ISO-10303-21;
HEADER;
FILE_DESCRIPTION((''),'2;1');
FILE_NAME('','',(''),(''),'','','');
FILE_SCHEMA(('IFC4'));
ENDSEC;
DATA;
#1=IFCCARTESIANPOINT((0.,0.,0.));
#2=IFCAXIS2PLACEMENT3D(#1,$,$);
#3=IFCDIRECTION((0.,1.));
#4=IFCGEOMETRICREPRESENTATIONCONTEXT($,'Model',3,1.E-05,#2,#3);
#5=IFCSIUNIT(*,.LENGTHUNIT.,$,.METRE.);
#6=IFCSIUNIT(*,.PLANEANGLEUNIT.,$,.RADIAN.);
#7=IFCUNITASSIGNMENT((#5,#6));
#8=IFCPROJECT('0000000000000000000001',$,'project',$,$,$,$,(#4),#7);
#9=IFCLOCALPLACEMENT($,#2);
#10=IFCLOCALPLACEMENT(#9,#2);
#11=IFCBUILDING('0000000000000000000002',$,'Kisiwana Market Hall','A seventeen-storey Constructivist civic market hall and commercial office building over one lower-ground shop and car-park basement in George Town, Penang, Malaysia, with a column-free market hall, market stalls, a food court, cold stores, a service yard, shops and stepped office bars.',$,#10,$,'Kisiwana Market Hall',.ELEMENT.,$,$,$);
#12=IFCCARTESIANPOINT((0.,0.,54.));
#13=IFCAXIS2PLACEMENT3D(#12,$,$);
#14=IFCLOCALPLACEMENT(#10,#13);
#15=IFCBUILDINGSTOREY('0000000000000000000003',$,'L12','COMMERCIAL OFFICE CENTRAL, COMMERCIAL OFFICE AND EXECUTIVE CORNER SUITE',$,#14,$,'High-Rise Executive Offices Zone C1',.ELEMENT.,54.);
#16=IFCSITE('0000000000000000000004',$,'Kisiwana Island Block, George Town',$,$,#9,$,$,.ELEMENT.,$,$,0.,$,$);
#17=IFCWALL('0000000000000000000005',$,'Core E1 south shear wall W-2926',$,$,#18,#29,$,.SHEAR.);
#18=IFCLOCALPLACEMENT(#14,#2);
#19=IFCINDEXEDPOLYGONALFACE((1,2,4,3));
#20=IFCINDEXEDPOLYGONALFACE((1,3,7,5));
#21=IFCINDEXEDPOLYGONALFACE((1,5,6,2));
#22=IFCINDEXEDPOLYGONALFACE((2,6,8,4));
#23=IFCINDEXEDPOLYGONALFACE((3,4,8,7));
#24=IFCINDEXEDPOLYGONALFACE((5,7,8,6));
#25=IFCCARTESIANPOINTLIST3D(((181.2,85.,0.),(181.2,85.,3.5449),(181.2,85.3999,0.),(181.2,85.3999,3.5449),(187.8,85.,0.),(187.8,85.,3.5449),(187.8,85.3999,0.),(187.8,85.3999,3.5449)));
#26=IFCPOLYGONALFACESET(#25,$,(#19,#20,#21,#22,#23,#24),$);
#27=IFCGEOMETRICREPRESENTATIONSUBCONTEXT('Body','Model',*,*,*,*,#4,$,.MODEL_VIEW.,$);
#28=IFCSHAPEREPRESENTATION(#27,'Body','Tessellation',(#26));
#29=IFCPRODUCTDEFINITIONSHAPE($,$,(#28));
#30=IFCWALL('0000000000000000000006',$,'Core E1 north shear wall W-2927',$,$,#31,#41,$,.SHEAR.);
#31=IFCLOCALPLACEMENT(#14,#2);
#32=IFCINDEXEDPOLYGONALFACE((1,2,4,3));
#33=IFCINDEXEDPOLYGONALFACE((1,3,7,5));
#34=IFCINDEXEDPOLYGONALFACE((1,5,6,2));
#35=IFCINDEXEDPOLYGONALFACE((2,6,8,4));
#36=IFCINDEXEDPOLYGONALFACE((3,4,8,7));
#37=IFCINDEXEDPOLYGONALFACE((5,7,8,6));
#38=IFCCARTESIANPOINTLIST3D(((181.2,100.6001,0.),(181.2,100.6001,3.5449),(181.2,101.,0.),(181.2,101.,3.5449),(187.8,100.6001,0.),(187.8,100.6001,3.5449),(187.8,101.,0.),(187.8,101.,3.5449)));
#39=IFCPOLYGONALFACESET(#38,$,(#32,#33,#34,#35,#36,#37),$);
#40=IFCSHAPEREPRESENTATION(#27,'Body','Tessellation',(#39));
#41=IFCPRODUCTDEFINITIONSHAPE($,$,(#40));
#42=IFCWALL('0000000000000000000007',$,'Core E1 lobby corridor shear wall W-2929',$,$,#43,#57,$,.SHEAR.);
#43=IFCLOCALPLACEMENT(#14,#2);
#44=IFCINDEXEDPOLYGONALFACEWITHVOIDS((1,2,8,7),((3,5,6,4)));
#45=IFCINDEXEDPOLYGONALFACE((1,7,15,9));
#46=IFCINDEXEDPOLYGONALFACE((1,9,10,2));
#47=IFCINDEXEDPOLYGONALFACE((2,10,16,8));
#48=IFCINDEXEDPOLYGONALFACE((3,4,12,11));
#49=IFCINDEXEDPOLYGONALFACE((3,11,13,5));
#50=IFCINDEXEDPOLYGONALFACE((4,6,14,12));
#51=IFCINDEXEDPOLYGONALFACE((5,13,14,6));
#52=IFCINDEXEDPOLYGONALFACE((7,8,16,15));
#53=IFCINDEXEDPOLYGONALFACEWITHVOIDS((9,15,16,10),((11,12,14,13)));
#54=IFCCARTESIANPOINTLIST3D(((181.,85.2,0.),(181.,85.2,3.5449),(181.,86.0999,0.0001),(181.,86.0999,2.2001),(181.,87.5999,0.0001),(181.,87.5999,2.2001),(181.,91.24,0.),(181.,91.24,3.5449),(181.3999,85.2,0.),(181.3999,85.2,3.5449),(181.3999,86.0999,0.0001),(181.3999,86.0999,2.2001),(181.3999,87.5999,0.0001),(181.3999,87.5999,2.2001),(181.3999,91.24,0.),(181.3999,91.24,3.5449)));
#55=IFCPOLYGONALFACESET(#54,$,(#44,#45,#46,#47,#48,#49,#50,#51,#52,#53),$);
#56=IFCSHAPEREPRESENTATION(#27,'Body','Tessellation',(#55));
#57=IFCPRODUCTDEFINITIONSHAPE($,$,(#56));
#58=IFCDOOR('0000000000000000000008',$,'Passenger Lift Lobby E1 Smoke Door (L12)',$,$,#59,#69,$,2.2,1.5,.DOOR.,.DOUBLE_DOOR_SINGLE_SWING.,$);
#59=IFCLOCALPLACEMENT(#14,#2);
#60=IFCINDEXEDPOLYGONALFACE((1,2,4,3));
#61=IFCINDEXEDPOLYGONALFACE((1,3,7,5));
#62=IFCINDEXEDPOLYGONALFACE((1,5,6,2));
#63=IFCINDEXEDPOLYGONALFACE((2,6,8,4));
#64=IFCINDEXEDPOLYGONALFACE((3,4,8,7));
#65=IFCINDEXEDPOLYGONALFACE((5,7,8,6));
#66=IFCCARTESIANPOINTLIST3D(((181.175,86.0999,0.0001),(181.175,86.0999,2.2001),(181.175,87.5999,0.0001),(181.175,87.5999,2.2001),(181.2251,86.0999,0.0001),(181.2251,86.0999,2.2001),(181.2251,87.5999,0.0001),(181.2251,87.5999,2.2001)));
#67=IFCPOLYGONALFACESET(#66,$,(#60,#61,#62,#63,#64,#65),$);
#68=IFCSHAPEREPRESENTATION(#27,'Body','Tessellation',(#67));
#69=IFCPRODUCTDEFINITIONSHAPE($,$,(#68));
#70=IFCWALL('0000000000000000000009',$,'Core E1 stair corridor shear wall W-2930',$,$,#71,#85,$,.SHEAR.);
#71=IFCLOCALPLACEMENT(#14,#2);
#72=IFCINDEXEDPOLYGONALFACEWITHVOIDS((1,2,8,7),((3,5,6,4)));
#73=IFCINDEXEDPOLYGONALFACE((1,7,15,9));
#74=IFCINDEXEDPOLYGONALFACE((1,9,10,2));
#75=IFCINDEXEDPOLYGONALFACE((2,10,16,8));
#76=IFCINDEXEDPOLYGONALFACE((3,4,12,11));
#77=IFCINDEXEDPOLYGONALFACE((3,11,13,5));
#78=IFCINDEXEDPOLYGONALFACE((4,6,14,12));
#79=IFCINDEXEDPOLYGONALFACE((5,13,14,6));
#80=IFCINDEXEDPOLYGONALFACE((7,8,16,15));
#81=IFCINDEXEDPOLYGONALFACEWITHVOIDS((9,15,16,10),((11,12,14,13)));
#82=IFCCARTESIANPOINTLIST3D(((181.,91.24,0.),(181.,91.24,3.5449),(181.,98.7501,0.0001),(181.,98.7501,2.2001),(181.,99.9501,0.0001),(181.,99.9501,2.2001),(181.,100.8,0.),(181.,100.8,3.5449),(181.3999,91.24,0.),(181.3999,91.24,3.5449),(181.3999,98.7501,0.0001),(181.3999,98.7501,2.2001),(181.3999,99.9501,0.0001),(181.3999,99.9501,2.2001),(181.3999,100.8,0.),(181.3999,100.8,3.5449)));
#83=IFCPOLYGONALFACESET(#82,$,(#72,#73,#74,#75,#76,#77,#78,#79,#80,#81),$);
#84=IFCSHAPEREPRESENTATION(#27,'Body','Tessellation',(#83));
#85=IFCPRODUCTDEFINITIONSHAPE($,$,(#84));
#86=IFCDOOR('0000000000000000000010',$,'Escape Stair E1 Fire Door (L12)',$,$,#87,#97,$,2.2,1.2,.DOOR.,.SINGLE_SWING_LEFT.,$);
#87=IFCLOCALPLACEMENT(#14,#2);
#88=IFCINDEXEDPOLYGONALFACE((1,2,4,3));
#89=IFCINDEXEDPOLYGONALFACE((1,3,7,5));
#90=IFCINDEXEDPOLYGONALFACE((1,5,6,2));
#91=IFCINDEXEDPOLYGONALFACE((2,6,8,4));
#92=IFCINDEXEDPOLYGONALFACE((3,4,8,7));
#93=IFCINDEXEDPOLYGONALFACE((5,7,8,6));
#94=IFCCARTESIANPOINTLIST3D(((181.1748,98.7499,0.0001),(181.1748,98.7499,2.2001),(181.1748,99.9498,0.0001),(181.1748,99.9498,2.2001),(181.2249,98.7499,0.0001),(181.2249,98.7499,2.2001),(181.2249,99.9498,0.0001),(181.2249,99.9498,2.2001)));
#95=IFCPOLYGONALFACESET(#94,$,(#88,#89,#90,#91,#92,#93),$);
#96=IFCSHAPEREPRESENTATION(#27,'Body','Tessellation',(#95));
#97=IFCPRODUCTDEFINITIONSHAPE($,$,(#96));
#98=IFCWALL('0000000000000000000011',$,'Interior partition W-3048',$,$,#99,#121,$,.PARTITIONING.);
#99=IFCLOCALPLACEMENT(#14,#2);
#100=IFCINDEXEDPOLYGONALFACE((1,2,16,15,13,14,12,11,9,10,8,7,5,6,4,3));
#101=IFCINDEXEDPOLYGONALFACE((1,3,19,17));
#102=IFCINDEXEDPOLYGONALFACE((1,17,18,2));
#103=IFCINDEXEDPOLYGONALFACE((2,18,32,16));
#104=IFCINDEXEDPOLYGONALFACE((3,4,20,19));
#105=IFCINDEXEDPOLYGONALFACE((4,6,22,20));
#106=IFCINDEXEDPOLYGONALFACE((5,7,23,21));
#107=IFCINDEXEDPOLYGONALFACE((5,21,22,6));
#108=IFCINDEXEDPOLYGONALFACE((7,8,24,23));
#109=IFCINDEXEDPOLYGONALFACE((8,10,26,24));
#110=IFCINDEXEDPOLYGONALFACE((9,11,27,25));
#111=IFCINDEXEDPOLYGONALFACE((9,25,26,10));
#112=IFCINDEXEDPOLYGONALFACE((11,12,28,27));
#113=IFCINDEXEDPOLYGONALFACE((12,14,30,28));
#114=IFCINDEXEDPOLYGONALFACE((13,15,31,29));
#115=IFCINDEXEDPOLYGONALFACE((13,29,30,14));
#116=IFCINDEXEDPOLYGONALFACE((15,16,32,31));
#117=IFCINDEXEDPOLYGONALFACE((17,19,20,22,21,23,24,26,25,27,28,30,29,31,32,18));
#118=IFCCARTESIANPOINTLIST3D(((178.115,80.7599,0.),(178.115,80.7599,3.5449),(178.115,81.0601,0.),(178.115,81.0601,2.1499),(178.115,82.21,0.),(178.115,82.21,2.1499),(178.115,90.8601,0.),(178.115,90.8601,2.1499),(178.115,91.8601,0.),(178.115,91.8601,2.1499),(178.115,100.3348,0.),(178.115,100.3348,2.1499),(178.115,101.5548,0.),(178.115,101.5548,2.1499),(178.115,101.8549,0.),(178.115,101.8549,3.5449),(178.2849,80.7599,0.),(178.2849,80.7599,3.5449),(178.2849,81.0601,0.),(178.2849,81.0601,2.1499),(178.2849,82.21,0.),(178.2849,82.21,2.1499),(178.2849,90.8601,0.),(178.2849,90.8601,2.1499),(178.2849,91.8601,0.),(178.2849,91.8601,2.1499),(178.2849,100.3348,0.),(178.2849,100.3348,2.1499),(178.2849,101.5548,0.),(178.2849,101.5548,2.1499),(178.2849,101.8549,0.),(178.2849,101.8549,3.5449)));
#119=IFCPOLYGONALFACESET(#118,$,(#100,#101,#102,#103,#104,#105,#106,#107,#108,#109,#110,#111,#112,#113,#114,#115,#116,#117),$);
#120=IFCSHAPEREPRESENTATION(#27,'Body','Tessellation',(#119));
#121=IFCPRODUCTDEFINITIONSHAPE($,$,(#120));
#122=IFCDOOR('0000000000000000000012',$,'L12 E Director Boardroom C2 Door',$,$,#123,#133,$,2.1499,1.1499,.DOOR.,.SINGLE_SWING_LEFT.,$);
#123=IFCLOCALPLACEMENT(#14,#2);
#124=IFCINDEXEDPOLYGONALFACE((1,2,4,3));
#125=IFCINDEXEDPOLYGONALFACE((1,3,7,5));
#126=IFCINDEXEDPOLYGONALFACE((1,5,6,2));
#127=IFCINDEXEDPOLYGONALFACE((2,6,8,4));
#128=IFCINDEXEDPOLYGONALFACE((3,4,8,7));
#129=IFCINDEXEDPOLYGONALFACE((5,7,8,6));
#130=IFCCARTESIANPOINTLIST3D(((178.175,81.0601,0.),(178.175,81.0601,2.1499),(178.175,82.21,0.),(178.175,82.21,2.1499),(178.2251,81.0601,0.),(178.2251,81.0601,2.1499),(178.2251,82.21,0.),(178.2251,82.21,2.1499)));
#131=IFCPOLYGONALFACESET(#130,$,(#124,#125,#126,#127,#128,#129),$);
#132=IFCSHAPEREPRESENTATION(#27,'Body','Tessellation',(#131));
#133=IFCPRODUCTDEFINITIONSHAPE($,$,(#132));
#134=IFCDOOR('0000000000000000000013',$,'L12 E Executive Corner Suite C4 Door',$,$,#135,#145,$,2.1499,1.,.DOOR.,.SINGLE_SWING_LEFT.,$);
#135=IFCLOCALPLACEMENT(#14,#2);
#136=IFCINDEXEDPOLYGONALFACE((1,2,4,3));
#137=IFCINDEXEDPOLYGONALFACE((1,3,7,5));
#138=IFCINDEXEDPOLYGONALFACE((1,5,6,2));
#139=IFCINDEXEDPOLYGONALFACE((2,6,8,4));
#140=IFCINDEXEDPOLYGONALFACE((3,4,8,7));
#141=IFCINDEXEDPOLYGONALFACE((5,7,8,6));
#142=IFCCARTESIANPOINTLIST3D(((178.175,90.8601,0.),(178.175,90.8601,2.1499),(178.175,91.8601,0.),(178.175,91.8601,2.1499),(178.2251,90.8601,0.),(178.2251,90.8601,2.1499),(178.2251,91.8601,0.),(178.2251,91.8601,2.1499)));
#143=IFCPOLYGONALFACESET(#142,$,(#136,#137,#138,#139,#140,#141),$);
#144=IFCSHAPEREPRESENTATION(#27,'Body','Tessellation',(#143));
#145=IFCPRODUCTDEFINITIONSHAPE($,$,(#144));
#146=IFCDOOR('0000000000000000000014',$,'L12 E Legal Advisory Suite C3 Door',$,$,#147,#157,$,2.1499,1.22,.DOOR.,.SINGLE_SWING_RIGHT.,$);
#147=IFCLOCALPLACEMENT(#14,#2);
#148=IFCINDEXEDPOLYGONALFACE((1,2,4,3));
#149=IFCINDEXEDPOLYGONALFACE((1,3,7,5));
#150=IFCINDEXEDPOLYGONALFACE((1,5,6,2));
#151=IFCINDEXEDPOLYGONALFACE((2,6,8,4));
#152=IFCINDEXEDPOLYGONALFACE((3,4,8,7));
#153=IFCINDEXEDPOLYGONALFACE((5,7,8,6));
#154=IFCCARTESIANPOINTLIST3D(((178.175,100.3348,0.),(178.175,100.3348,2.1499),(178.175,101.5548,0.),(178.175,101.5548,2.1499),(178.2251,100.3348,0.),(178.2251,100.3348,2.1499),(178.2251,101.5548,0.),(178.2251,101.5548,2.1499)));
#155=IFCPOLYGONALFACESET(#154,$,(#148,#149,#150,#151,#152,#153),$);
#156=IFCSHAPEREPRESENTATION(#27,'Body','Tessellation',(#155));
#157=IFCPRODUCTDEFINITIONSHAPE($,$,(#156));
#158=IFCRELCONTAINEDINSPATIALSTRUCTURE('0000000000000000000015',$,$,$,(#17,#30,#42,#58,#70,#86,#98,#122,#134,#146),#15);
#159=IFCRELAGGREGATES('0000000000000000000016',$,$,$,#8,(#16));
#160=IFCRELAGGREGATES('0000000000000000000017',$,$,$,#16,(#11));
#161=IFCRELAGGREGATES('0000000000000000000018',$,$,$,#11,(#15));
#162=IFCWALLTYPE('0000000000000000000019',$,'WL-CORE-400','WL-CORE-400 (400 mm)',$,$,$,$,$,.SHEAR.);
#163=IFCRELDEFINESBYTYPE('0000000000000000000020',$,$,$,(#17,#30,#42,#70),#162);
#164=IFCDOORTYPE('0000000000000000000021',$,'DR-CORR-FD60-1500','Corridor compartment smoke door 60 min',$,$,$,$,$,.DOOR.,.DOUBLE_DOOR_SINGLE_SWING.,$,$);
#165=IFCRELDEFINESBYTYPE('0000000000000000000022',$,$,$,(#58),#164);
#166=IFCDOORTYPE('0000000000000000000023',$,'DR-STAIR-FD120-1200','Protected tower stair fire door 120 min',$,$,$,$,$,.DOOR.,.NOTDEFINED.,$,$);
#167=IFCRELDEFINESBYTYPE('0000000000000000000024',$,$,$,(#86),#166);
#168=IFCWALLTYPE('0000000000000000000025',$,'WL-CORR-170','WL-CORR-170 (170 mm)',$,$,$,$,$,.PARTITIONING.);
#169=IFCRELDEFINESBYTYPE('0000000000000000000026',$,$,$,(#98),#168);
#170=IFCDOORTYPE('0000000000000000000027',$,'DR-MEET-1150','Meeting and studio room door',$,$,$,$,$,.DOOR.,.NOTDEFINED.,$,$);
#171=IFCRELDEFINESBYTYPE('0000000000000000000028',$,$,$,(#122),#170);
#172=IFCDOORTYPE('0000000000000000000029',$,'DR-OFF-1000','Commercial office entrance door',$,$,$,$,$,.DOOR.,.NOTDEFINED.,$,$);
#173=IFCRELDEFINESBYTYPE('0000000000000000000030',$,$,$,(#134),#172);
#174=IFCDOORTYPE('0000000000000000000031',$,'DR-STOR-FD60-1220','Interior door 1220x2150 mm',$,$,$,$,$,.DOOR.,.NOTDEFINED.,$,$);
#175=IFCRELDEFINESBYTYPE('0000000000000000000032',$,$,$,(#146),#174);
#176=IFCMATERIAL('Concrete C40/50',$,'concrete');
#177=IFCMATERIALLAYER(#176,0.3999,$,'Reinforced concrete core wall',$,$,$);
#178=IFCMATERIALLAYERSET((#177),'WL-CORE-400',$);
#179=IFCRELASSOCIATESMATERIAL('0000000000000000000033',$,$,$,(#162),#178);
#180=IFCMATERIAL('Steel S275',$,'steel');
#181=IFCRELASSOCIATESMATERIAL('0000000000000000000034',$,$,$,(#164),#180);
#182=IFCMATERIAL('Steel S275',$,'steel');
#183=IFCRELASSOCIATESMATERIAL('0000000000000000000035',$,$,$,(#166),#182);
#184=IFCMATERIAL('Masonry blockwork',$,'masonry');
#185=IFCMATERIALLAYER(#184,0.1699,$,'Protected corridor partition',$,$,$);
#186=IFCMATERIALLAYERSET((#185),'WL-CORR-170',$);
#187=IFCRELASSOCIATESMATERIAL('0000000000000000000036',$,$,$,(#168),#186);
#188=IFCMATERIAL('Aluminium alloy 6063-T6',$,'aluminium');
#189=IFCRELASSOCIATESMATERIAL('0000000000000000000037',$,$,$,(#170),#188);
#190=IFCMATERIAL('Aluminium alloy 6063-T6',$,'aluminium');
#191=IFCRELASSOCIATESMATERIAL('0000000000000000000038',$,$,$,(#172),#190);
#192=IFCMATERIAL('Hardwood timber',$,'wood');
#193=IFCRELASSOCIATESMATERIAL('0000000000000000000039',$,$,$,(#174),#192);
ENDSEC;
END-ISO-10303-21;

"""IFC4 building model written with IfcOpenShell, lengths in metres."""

from ifc_helpers import new_model, si_unit, direction, frame, frame_2d, origin, place, context, subcontext, project, spatial, rectangle, extrude, material, layer, layer_set, type_object, element, fill, save


model = new_model("IFC4")

# Units and contexts
model_context = context("Model", 3, precision=1e-05, world=origin(), true_north=direction((0.0, 1.0)))
body_context = subcontext(model_context, "Body", "Model", "MODEL_VIEW")
ifc_project = project(units=[si_unit("LENGTHUNIT", "METRE"), si_unit("PLANEANGLEUNIT", "RADIAN")], contexts=[model_context])

# Site, building, storey
site_placement = place(None, origin())
site = spatial("IfcSite", under=ifc_project, at=site_placement, Name="Kisiwana Island Block, George Town", CompositionType="ELEMENT", RefElevation=0.0)
building_placement = place(site_placement, origin())
building = spatial("IfcBuilding", under=site, at=building_placement, Name="Kisiwana Market Hall", Description="A seventeen-storey Constructivist civic market hall and commercial office building over one lower-ground shop and car-park basement in George Town, Penang, Malaysia, with a column-free market hall, market stalls, a food court, cold stores, a service yard, shops and stepped office bars.", LongName="Kisiwana Market Hall", CompositionType="ELEMENT")
storey_placement = place(building_placement, frame((0.0, 0.0, 54.0)))
storey = spatial("IfcBuildingStorey", under=building, at=storey_placement, Name="L12", Description="COMMERCIAL OFFICE CENTRAL, COMMERCIAL OFFICE AND EXECUTIVE CORNER SUITE", LongName="High-Rise Executive Offices Zone C1", CompositionType="ELEMENT", Elevation=54.0)

# Walls
ifc_material_1 = material(Name="Concrete C40/50", Category="concrete")
ifc_layer_1 = layer(ifc_material_1, 0.3999, Name="Reinforced concrete core wall")
ifc_layer_set_1 = layer_set([ifc_layer_1], Name="WL-CORE-400")
wall_type_1 = type_object("IfcWallType", Name="WL-CORE-400", Description="WL-CORE-400 (400 mm)", PredefinedType="SHEAR", material=ifc_layer_set_1)
for number, where, z_axis, x_axis, name in (
    (1, (181.2, 85.2, 0.0), (0.0, 0.0, 1.0), (1.0, 0.0, 0.0), "Core E1 south shear wall W-2926"),
    (2, (181.2, 100.8, 0.0), (0.0, 0.0, 1.0), (1.0, 0.0, 0.0), "Core E1 north shear wall W-2927"),
):
    element("IfcWall", number, at=place(storey_placement, frame(where, z_axis=z_axis, x_axis=x_axis)), inside=storey, type_object=wall_type_1, Name=name, PredefinedType="SHEAR", context=body_context, shape_type="SweptSolid", body=[
        extrude(rectangle(XDim=6.6001, YDim=0.3999, at=frame_2d((3.3, 0.0))), origin(), (0.0, 0.0, 1.0), 3.5449),
    ])

# Walls, openings, doors
wall_1_placement = place(storey_placement, frame((181.2, 85.2, 0.0), z_axis=(0.0, 0.0, 1.0), x_axis=(0.0, 1.0, 0.0)))
wall_1 = element("IfcWall", 3, at=wall_1_placement, inside=storey, type_object=wall_type_1, Name="Core E1 lobby corridor shear wall W-2929", PredefinedType="SHEAR", context=body_context, shape_type="SweptSolid", body=[
    extrude(rectangle(XDim=6.04, YDim=0.3999, at=frame_2d((3.02, 0.0))), origin(), (0.0, 0.0, 1.0), 3.5449),
])
opening_1_placement = place(wall_1_placement, frame((0.8999, 0.0, 0.0)))
opening_1 = element("IfcOpeningElement", 4, at=opening_1_placement, cuts=wall_1, PredefinedType="OPENING", context=body_context, shape_type="SweptSolid", body=[
    extrude(rectangle(XDim=1.5, YDim=2.2, at=frame_2d((0.75, 1.1001))), frame((0.0, 0.2119, 0.0), z_axis=(0.0, -1.0, 0.0), x_axis=(1.0, 0.0, 0.0)), (0.0, 0.0, 1.0), 0.4238),
])
ifc_material_2 = material(Name="Steel S275", Category="steel")
door_type_1 = type_object("IfcDoorType", Name="DR-CORR-FD60-1500", Description="Corridor compartment smoke door 60 min", OperationType="DOUBLE_DOOR_SINGLE_SWING", PredefinedType="DOOR", material=ifc_material_2)
door_1_placement = place(opening_1_placement, origin())
door_1 = element("IfcDoor", 5, at=door_1_placement, inside=storey, type_object=door_type_1, Name="Passenger Lift Lobby E1 Smoke Door (L12)", OperationType="DOUBLE_DOOR_SINGLE_SWING", OverallHeight=2.2, OverallWidth=1.5, PredefinedType="DOOR", context=body_context, shape_type="SweptSolid", body=[
    extrude(rectangle(XDim=1.5, YDim=2.2, at=frame_2d((0.75, 1.1001))), frame((0.0, 0.0249, 0.0), z_axis=(0.0, -1.0, 0.0), x_axis=(1.0, 0.0, 0.0)), (0.0, 0.0, 1.0), 0.05),
])
fill(opening_1, door_1)
wall_2_placement = place(storey_placement, frame((181.2, 91.24, 0.0), z_axis=(0.0, 0.0, 1.0), x_axis=(0.0, 1.0, 0.0)))
wall_2 = element("IfcWall", 6, at=wall_2_placement, inside=storey, type_object=wall_type_1, Name="Core E1 stair corridor shear wall W-2930", PredefinedType="SHEAR", context=body_context, shape_type="SweptSolid", body=[
    extrude(rectangle(XDim=9.5601, YDim=0.3999, at=frame_2d((4.78, 0.0))), origin(), (0.0, 0.0, 1.0), 3.5449),
])
opening_2_placement = place(wall_2_placement, frame((7.51, 0.0, 0.0)))
opening_2 = element("IfcOpeningElement", 7, at=opening_2_placement, cuts=wall_2, PredefinedType="OPENING", context=body_context, shape_type="SweptSolid", body=[
    extrude(rectangle(XDim=1.2, YDim=2.2, at=frame_2d((0.6001, 1.1001))), frame((0.0, 0.2119, 0.0), z_axis=(0.0, -1.0, 0.0), x_axis=(1.0, 0.0, 0.0)), (0.0, 0.0, 1.0), 0.4238),
])
ifc_material_3 = material(Name="Steel S275", Category="steel")
door_type_2 = type_object("IfcDoorType", Name="DR-STAIR-FD120-1200", Description="Protected tower stair fire door 120 min", OperationType="NOTDEFINED", PredefinedType="DOOR", material=ifc_material_3)
door_2_placement = place(opening_2_placement, frame((1.2, 0.0, 0.0), z_axis=(0.0, 0.0, 1.0), x_axis=(-1.0, 0.0, 0.0)))
door_2 = element("IfcDoor", 8, at=door_2_placement, inside=storey, type_object=door_type_2, Name="Escape Stair E1 Fire Door (L12)", OperationType="SINGLE_SWING_LEFT", OverallHeight=2.2, OverallWidth=1.2, PredefinedType="DOOR", context=body_context, shape_type="SweptSolid", body=[
    extrude(rectangle(XDim=1.2, YDim=2.2, at=frame_2d((0.6001, 1.1001))), frame((0.0, 0.0249, 0.0), z_axis=(0.0, -1.0, 0.0), x_axis=(1.0, 0.0, 0.0)), (0.0, 0.0, 1.0), 0.05),
])
fill(opening_2, door_2)

# Wall, openings, doors
ifc_material_4 = material(Name="Masonry blockwork", Category="masonry")
ifc_layer_2 = layer(ifc_material_4, 0.1699, Name="Protected corridor partition")
ifc_layer_set_2 = layer_set([ifc_layer_2], Name="WL-CORR-170")
wall_type_2 = type_object("IfcWallType", Name="WL-CORR-170", Description="WL-CORR-170 (170 mm)", PredefinedType="PARTITIONING", material=ifc_layer_set_2)
wall_3_placement = place(storey_placement, frame((178.2, 80.76, 0.0), z_axis=(0.0, 0.0, 1.0), x_axis=(0.0, 1.0, 0.0)))
wall_3 = element("IfcWall", 9, at=wall_3_placement, inside=storey, type_object=wall_type_2, Name="Interior partition W-3048", PredefinedType="PARTITIONING", context=body_context, shape_type="SweptSolid", body=[
    extrude(rectangle(XDim=21.095, YDim=0.1699, at=frame_2d((10.5474, 0.0))), origin(), (0.0, 0.0, 1.0), 3.5449),
])
opening_3_placement = place(wall_3_placement, frame((10.1001, 0.0, 0.0)))
opening_3 = element("IfcOpeningElement", 10, at=opening_3_placement, cuts=wall_3, PredefinedType="OPENING", context=body_context, shape_type="SweptSolid", body=[
    extrude(rectangle(XDim=1.0, YDim=2.1499, at=frame_2d((0.5, 1.075))), frame((0.0, 0.0969, 0.0), z_axis=(0.0, -1.0, 0.0), x_axis=(1.0, 0.0, 0.0)), (0.0, 0.0, 1.0), 0.1938),
])
opening_4_placement = place(wall_3_placement, frame((0.3, 0.0, 0.0)))
opening_4 = element("IfcOpeningElement", 11, at=opening_4_placement, cuts=wall_3, PredefinedType="OPENING", context=body_context, shape_type="SweptSolid", body=[
    extrude(rectangle(XDim=1.1499, YDim=2.1499, at=frame_2d((0.575, 1.075))), frame((0.0, 0.0969, 0.0), z_axis=(0.0, -1.0, 0.0), x_axis=(1.0, 0.0, 0.0)), (0.0, 0.0, 1.0), 0.1938),
])
opening_5_placement = place(wall_3_placement, frame((19.575, 0.0, 0.0)))
opening_5 = element("IfcOpeningElement", 12, at=opening_5_placement, cuts=wall_3, PredefinedType="OPENING", context=body_context, shape_type="SweptSolid", body=[
    extrude(rectangle(XDim=1.22, YDim=2.1499, at=frame_2d((0.6099, 1.075))), frame((0.0, 0.0969, 0.0), z_axis=(0.0, -1.0, 0.0), x_axis=(1.0, 0.0, 0.0)), (0.0, 0.0, 1.0), 0.1938),
])
ifc_material_5 = material(Name="Aluminium alloy 6063-T6", Category="aluminium")
door_type_3 = type_object("IfcDoorType", Name="DR-MEET-1150", Description="Meeting and studio room door", OperationType="NOTDEFINED", PredefinedType="DOOR", material=ifc_material_5)
door_3_placement = place(opening_4_placement, origin())
door_3 = element("IfcDoor", 13, at=door_3_placement, inside=storey, type_object=door_type_3, Name="L12 E Director Boardroom C2 Door", OperationType="SINGLE_SWING_LEFT", OverallHeight=2.1499, OverallWidth=1.1499, PredefinedType="DOOR", context=body_context, shape_type="SweptSolid", body=[
    extrude(rectangle(XDim=1.1499, YDim=2.1499, at=frame_2d((0.575, 1.075))), frame((0.0, 0.0249, 0.0), z_axis=(0.0, -1.0, 0.0), x_axis=(1.0, 0.0, 0.0)), (0.0, 0.0, 1.0), 0.05),
])
fill(opening_4, door_3)
ifc_material_6 = material(Name="Aluminium alloy 6063-T6", Category="aluminium")
door_type_4 = type_object("IfcDoorType", Name="DR-OFF-1000", Description="Commercial office entrance door", OperationType="NOTDEFINED", PredefinedType="DOOR", material=ifc_material_6)
door_4_placement = place(opening_3_placement, origin())
door_4 = element("IfcDoor", 14, at=door_4_placement, inside=storey, type_object=door_type_4, Name="L12 E Executive Corner Suite C4 Door", OperationType="SINGLE_SWING_LEFT", OverallHeight=2.1499, OverallWidth=1.0, PredefinedType="DOOR", context=body_context, shape_type="SweptSolid", body=[
    extrude(rectangle(XDim=1.0, YDim=2.1499, at=frame_2d((0.5, 1.075))), frame((0.0, 0.0249, 0.0), z_axis=(0.0, -1.0, 0.0), x_axis=(1.0, 0.0, 0.0)), (0.0, 0.0, 1.0), 0.05),
])
fill(opening_3, door_4)
ifc_material_7 = material(Name="Hardwood timber", Category="wood")
door_type_5 = type_object("IfcDoorType", Name="DR-STOR-FD60-1220", Description="Interior door 1220x2150 mm", OperationType="NOTDEFINED", PredefinedType="DOOR", material=ifc_material_7)
door_5_placement = place(opening_5_placement, origin())
door_5 = element("IfcDoor", 15, at=door_5_placement, inside=storey, type_object=door_type_5, Name="L12 E Legal Advisory Suite C3 Door", OperationType="SINGLE_SWING_RIGHT", OverallHeight=2.1499, OverallWidth=1.22, PredefinedType="DOOR", context=body_context, shape_type="SweptSolid", body=[
    extrude(rectangle(XDim=1.22, YDim=2.1499, at=frame_2d((0.6099, 1.075))), frame((0.0, 0.0249, 0.0), z_axis=(0.0, -1.0, 0.0), x_axis=(1.0, 0.0, 0.0)), (0.0, 0.0, 1.0), 0.05),
])
fill(opening_5, door_5)

save(model, "model.ifc")
